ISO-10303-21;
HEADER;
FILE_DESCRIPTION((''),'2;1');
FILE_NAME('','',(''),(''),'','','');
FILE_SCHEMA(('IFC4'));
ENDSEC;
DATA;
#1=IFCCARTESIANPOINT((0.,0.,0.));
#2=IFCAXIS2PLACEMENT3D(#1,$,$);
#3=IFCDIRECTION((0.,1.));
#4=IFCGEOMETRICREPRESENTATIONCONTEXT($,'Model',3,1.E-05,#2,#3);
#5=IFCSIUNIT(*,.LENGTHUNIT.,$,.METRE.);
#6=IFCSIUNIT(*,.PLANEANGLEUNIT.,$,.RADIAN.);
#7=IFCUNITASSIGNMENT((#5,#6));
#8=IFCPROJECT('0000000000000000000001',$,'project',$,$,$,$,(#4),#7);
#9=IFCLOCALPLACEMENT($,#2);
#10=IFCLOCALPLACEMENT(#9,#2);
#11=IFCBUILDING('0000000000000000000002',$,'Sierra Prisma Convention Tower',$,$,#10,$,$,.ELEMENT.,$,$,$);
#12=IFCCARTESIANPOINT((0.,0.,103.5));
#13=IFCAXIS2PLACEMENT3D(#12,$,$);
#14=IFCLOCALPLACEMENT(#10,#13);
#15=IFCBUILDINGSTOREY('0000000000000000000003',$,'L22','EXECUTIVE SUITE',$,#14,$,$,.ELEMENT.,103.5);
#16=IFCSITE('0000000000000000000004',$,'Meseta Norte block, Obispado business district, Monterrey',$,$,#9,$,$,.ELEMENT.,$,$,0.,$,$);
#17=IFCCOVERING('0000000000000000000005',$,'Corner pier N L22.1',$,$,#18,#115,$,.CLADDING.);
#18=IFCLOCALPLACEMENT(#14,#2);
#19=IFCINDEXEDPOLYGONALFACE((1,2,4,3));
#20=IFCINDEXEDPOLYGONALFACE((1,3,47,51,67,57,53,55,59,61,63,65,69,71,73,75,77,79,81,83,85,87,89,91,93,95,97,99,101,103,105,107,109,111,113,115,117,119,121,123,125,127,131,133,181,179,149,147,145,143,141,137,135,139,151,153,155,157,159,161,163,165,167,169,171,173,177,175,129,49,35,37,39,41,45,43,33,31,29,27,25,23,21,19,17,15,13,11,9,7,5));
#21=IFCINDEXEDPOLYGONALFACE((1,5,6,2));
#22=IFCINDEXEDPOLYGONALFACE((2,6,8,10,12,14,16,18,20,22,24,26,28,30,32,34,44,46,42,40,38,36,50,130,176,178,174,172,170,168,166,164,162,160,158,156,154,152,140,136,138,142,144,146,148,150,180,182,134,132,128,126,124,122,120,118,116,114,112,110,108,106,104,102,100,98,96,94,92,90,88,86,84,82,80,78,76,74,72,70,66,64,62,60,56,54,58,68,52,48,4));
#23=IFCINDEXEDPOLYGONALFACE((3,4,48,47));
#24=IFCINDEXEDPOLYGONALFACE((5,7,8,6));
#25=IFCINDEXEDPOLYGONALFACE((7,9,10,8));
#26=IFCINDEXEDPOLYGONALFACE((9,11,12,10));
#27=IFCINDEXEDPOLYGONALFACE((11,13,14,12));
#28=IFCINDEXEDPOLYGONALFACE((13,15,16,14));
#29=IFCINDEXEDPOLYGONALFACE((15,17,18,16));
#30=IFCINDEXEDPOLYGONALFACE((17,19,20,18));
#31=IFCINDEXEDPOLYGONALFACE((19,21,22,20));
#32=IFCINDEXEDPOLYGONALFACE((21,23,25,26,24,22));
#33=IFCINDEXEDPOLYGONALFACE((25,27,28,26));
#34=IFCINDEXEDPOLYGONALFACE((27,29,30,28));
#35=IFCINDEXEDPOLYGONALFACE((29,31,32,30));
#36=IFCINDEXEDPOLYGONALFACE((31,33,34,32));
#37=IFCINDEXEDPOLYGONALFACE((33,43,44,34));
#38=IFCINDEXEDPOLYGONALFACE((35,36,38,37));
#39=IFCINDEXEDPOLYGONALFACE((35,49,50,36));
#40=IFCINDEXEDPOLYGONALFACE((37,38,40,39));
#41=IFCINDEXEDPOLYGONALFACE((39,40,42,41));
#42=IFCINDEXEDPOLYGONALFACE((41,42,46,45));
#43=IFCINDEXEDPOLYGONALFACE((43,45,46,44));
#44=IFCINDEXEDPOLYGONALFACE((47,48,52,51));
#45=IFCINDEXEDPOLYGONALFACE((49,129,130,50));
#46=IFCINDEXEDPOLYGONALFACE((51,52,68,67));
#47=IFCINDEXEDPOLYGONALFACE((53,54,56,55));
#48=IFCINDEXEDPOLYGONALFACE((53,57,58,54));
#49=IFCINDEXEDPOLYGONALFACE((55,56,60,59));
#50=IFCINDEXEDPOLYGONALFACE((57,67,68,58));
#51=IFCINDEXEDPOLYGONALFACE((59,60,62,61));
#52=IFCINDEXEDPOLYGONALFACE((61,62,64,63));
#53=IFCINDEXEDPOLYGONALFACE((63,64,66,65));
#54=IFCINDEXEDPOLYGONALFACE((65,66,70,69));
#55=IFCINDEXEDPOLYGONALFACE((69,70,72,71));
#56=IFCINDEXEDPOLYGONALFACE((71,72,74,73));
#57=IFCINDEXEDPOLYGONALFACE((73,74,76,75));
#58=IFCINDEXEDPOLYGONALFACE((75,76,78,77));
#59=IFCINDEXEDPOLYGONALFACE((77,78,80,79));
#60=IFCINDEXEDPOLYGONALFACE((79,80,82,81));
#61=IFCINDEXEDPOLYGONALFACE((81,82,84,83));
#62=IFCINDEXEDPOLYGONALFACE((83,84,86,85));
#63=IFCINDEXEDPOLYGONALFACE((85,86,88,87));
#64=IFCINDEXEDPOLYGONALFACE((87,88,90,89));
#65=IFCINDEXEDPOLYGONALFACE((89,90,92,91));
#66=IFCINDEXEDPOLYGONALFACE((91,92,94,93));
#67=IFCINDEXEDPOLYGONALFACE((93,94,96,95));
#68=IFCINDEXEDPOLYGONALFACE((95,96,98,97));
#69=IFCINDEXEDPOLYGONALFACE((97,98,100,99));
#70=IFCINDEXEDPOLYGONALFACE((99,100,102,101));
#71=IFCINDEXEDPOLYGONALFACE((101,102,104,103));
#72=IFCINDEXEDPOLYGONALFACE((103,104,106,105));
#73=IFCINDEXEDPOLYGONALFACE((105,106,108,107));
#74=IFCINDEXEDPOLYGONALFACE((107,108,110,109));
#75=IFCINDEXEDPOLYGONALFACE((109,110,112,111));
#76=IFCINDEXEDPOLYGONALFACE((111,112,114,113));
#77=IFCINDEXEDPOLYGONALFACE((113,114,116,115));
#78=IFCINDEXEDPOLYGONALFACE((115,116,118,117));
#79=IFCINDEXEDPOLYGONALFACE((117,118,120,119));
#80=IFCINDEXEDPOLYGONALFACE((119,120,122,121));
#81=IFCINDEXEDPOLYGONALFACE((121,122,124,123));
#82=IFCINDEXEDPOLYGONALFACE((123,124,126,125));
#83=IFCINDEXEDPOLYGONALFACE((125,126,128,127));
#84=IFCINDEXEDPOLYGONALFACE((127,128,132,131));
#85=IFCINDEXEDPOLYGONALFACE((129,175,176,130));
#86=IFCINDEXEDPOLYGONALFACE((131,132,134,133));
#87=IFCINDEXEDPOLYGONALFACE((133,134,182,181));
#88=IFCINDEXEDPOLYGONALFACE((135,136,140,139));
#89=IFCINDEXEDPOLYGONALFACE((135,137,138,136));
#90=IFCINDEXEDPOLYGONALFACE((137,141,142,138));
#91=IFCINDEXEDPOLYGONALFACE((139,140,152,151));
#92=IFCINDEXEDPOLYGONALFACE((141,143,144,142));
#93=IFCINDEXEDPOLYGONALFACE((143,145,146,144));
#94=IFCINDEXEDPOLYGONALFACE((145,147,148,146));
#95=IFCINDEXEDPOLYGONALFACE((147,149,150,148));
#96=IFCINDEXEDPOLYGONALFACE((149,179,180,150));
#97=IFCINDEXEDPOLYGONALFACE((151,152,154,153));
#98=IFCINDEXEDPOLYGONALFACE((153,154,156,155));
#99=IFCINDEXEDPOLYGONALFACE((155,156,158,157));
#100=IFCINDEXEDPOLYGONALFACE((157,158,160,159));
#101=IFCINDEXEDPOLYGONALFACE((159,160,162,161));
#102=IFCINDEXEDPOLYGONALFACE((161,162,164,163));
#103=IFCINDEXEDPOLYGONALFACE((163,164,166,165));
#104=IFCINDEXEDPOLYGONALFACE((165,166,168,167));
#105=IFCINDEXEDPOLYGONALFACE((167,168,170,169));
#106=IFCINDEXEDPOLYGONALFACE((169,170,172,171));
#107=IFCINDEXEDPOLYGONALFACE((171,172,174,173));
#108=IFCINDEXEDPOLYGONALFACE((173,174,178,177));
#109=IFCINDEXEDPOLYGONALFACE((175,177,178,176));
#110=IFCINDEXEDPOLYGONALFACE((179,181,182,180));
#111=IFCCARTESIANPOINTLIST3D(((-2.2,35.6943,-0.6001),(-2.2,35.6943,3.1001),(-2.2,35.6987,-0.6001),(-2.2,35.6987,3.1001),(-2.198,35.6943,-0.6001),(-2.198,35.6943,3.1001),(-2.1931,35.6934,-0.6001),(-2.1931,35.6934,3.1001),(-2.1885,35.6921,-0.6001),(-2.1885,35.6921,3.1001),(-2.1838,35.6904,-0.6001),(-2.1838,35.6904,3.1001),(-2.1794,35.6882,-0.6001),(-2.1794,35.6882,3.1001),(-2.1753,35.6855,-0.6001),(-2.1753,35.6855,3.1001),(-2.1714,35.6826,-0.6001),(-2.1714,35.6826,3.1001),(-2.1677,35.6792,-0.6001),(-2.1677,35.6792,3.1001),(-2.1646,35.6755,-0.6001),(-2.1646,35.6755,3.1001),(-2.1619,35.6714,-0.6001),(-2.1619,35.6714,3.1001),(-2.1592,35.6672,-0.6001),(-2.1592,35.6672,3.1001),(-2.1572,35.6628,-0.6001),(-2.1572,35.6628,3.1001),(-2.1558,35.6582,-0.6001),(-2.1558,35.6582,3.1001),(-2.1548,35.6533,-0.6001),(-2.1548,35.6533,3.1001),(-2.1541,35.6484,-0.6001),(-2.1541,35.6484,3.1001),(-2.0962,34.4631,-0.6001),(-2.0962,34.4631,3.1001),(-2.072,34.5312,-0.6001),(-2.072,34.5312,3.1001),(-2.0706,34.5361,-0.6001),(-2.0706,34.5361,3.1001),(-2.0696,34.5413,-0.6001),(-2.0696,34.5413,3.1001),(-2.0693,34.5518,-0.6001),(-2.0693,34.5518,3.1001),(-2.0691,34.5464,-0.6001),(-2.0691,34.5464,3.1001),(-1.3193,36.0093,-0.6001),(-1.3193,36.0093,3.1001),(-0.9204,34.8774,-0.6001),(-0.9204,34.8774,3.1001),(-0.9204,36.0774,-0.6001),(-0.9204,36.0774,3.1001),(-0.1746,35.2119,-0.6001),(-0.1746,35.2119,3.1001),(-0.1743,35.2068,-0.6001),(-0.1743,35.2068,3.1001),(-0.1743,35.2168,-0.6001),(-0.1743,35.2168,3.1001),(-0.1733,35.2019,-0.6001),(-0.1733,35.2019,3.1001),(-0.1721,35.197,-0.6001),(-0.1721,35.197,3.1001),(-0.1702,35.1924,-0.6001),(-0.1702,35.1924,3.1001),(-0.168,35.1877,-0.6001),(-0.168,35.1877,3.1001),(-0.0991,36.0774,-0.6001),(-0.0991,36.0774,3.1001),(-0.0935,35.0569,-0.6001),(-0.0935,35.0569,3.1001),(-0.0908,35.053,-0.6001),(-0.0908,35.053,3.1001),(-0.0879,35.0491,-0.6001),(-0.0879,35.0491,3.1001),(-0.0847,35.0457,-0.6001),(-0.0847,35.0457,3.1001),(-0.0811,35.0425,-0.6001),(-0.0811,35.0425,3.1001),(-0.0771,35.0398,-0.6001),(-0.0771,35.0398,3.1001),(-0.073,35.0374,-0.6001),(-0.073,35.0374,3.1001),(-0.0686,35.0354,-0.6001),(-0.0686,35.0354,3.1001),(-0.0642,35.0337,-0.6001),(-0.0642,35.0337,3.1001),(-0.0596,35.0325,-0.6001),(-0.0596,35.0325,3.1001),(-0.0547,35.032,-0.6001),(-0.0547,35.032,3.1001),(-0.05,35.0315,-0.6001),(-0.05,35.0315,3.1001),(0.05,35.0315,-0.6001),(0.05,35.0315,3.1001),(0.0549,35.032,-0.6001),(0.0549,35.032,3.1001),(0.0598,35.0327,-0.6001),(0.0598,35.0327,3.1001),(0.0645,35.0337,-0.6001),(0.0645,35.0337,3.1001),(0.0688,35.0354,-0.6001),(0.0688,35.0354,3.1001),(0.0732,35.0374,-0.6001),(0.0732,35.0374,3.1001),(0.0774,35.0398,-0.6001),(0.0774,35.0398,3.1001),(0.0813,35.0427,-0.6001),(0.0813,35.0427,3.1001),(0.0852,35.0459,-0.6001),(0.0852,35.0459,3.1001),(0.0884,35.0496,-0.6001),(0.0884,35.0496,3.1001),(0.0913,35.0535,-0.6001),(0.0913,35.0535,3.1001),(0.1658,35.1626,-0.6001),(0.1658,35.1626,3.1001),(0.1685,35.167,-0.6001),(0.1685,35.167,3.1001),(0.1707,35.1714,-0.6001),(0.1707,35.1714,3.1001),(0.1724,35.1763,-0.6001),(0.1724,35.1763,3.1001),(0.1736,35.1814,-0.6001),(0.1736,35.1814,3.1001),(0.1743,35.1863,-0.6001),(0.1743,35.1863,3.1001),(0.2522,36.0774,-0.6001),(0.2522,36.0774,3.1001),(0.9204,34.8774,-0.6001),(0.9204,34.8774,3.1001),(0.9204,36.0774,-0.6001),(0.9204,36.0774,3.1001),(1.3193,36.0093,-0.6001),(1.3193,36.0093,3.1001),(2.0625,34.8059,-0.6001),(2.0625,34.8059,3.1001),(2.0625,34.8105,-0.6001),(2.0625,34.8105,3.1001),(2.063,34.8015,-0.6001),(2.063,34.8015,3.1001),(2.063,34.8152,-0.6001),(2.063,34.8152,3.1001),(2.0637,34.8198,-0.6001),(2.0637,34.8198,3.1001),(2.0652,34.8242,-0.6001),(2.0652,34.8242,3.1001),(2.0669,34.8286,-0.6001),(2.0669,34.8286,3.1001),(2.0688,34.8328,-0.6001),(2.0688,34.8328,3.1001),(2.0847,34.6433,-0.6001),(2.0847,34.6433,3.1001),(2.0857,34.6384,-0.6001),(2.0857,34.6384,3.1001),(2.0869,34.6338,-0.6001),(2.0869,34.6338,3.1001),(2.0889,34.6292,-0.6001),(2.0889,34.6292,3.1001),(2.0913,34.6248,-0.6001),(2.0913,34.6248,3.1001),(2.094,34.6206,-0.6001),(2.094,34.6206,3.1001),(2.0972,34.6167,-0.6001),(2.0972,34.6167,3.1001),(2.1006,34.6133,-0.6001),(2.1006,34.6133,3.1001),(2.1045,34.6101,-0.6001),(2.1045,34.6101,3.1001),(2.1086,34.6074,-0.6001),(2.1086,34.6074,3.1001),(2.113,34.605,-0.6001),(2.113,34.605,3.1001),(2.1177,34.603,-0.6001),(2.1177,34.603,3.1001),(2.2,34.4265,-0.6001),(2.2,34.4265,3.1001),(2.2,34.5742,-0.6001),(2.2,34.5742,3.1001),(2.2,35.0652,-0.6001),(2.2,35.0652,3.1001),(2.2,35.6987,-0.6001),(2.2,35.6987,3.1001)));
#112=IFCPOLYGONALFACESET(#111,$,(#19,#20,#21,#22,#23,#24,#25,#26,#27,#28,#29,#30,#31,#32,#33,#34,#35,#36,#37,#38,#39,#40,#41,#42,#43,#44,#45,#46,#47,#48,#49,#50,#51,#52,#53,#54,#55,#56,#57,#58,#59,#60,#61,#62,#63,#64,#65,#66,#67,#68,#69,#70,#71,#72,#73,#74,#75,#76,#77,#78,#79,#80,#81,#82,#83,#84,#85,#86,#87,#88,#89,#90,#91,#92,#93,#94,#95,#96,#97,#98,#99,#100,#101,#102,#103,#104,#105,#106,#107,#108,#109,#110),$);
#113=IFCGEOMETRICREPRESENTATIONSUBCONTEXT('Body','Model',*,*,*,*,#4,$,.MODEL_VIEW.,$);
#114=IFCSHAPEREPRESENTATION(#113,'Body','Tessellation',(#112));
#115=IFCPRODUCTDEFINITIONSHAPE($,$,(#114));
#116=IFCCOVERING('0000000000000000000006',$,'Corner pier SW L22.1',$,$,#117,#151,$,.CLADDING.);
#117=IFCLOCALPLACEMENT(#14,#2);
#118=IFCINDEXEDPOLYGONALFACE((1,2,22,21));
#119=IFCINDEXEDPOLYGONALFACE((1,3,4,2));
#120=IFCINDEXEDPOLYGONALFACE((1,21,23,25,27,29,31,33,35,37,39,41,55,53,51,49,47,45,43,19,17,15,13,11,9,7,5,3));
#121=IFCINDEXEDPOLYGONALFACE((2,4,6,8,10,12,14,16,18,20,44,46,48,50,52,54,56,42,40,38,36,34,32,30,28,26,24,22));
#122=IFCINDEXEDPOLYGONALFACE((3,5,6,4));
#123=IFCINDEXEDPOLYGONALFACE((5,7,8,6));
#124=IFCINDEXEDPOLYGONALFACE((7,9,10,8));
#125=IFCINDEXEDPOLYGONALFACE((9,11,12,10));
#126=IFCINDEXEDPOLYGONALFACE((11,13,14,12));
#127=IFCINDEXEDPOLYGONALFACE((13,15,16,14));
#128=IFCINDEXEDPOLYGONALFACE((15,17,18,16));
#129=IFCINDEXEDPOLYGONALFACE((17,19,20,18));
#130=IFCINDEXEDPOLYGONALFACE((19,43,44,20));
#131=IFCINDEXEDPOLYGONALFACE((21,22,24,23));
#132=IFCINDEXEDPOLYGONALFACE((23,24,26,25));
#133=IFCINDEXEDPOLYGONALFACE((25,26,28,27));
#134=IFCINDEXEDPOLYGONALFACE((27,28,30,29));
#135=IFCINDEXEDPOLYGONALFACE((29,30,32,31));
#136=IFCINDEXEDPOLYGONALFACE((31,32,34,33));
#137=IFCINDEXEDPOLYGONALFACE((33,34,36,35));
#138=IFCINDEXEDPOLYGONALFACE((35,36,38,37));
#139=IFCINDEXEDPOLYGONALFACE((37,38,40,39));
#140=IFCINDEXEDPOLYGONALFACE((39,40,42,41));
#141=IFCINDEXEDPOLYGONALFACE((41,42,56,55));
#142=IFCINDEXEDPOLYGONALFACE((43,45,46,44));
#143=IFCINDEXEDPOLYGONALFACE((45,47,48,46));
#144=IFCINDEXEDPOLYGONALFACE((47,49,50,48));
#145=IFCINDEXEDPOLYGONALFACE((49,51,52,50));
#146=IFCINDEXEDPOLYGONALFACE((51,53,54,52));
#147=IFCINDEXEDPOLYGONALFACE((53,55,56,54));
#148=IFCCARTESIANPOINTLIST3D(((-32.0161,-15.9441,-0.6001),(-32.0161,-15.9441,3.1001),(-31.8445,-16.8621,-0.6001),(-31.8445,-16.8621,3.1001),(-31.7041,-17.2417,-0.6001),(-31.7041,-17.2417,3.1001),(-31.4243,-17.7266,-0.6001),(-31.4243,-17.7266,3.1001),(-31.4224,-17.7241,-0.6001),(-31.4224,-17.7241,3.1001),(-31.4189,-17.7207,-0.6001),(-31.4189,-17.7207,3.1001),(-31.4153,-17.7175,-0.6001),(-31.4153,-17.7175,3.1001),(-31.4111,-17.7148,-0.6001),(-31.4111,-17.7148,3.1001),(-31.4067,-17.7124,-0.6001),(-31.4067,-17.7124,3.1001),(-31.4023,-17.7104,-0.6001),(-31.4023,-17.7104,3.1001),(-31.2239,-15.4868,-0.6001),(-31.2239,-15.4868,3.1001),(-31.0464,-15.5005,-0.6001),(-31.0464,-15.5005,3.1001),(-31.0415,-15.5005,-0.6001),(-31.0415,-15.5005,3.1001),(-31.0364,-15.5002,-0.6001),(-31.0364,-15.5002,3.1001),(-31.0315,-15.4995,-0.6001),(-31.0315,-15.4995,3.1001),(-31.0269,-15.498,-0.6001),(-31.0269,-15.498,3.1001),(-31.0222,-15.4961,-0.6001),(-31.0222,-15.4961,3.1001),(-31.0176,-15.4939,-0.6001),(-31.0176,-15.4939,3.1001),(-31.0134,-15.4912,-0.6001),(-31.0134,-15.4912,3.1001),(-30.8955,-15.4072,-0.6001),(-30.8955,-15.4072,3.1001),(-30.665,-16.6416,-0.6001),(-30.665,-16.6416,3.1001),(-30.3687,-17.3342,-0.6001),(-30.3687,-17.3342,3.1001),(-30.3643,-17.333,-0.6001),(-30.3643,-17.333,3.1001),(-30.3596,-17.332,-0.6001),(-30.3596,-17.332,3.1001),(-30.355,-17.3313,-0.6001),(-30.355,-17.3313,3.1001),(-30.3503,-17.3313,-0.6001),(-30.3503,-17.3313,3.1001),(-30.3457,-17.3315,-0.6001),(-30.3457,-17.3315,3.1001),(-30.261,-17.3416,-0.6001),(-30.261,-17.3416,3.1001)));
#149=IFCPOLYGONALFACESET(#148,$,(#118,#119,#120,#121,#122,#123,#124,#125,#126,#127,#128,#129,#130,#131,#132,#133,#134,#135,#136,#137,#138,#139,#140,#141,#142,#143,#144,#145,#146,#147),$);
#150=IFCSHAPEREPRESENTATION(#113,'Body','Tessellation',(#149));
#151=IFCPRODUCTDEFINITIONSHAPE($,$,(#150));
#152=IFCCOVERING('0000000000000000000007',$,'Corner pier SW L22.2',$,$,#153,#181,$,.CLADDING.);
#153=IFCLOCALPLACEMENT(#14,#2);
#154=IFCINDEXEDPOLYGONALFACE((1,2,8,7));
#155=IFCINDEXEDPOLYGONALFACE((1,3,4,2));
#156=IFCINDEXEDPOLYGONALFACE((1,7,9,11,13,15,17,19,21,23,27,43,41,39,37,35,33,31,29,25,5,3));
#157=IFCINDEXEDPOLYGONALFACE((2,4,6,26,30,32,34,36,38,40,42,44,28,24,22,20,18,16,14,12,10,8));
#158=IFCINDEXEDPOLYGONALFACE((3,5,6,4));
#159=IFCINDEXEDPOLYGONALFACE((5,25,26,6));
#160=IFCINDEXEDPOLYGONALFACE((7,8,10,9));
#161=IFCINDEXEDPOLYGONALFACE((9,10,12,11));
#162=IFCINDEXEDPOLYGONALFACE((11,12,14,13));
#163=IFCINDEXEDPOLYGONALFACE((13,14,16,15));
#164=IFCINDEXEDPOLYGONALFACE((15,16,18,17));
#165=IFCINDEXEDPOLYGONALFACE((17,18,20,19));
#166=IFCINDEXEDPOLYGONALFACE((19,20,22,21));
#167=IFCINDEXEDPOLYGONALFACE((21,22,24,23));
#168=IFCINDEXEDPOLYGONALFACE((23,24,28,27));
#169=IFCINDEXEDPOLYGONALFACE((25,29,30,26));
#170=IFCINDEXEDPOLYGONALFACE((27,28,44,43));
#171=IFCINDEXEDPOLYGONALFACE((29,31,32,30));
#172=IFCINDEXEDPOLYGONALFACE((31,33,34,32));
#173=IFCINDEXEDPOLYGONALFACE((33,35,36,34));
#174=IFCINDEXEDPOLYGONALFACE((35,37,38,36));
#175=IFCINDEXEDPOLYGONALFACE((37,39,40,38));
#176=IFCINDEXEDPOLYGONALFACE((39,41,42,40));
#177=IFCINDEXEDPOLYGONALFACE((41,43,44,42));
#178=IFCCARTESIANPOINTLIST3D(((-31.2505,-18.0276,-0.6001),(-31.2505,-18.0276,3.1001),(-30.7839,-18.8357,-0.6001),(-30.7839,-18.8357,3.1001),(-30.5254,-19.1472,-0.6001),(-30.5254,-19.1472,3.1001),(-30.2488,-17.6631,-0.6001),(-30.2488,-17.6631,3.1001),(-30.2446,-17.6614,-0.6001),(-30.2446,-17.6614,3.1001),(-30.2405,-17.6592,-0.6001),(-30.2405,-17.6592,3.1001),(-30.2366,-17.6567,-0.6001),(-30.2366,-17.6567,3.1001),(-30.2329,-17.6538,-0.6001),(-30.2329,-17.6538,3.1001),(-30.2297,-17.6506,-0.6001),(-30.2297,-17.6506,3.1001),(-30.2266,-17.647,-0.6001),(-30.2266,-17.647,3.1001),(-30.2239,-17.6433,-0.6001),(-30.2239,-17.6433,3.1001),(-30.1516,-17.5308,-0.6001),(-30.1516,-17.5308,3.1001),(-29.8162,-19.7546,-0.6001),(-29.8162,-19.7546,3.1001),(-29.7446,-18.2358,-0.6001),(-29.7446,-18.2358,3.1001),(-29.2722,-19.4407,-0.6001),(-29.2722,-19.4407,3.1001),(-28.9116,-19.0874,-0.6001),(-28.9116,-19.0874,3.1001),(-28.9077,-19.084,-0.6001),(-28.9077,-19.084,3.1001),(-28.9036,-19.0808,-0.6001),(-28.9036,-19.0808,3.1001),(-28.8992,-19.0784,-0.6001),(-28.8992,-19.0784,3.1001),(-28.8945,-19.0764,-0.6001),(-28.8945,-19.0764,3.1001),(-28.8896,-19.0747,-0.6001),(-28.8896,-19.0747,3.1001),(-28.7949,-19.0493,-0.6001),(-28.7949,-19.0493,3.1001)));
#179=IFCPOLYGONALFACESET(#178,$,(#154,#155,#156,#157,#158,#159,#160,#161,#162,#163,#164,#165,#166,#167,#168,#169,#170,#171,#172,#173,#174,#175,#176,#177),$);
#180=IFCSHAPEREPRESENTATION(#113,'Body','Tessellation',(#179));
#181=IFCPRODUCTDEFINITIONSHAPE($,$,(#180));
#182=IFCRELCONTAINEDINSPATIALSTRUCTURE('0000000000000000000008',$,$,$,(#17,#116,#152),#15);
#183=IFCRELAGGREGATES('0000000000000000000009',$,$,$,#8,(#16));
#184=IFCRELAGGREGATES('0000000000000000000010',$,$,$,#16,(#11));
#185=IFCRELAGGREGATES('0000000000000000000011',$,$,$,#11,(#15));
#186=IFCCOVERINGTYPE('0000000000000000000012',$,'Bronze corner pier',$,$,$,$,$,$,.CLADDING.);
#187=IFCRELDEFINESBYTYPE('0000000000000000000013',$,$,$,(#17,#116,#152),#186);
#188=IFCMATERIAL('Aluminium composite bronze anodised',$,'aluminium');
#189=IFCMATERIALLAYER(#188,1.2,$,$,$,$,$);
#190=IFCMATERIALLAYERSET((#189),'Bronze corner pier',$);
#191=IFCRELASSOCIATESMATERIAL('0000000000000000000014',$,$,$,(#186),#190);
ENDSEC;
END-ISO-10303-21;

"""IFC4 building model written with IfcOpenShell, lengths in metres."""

from ifc_helpers import new_model, si_unit, direction, frame, origin, place, context, subcontext, project, spatial, polyline, outline, extrude, material, layer, layer_set, type_object, element, save


model = new_model("IFC4")

# Units and contexts
model_context = context("Model", 3, precision=1e-05, world=origin(), true_north=direction((0.0, 1.0)))
body_context = subcontext(model_context, "Body", "Model", "MODEL_VIEW")
ifc_project = project(units=[si_unit("LENGTHUNIT", "METRE"), si_unit("PLANEANGLEUNIT", "RADIAN")], contexts=[model_context])

# Site, building, storey
site_placement = place(None, origin())
site = spatial("IfcSite", under=ifc_project, at=site_placement, Name="Meseta Norte block, Obispado business district, Monterrey", CompositionType="ELEMENT", RefElevation=0.0)
building_placement = place(site_placement, origin())
building = spatial("IfcBuilding", under=site, at=building_placement, Name="Sierra Prisma Convention Tower", CompositionType="ELEMENT")
storey_placement = place(building_placement, frame((0.0, 0.0, 103.5)))
storey = spatial("IfcBuildingStorey", under=building, at=storey_placement, Name="L22", Description="EXECUTIVE SUITE", CompositionType="ELEMENT", Elevation=103.5)

# Coverings
ifc_material_1 = material(Name="Aluminium composite bronze anodised", Category="aluminium")
ifc_layer_1 = layer(ifc_material_1, 1.2)
ifc_layer_set_1 = layer_set([ifc_layer_1], Name="Bronze corner pier")
covering_type_1 = type_object("IfcCoveringType", Name="Bronze corner pier", PredefinedType="CLADDING", material=ifc_layer_set_1)
covering_1_placement = place(storey_placement, frame((0.0, 0.0, -0.6001)))
element("IfcCovering", 1, at=covering_1_placement, inside=storey, type_object=covering_type_1, Name="Corner pier N L22.1", PredefinedType="CLADDING", context=body_context, shape_type="SweptSolid", body=[
    extrude(outline(polyline([(2.0857, 34.6384), (2.0869, 34.6338), (2.0889, 34.6292), (2.0913, 34.6248), (2.094, 34.6206), (2.0972, 34.6167), (2.1006, 34.6133), (2.1045, 34.6101), (2.1086, 34.6074), (2.113, 34.605), (2.1177, 34.603), (2.2, 34.5742), (2.2, 34.4265), (0.9204, 34.8774), (-0.9204, 34.8774), (-2.0962, 34.4631), (-2.072, 34.5312), (-2.0706, 34.5361), (-2.0696, 34.5413), (-2.0691, 34.5464), (-2.0693, 34.5518), (-2.1541, 35.6484), (-2.1548, 35.6533), (-2.1558, 35.6582), (-2.1572, 35.6628), (-2.1592, 35.6672), (-2.1619, 35.6714), (-2.1646, 35.6755), (-2.1677, 35.6792), (-2.1714, 35.6826), (-2.1753, 35.6855), (-2.1794, 35.6882), (-2.1838, 35.6904), (-2.1885, 35.6921), (-2.1931, 35.6934), (-2.198, 35.6943), (-2.2, 35.6943), (-2.2, 35.6987), (-1.3193, 36.0093), (-0.9204, 36.0774), (-0.0991, 36.0774), (-0.1743, 35.2168), (-0.1746, 35.2119), (-0.1743, 35.2068), (-0.1733, 35.2019), (-0.1721, 35.197), (-0.1702, 35.1924), (-0.168, 35.1877), (-0.0935, 35.0569), (-0.0908, 35.053), (-0.0879, 35.0491), (-0.0847, 35.0457), (-0.0811, 35.0425), (-0.0771, 35.0398), (-0.073, 35.0374), (-0.0686, 35.0354), (-0.0642, 35.0337), (-0.0596, 35.0325), (-0.0547, 35.032), (-0.05, 35.0315), (0.05, 35.0315), (0.0549, 35.032), (0.0598, 35.0327), (0.0645, 35.0337), (0.0688, 35.0354), (0.0732, 35.0374), (0.0774, 35.0398), (0.0813, 35.0427), (0.0852, 35.0459), (0.0884, 35.0496), (0.0913, 35.0535), (0.1658, 35.1626), (0.1685, 35.167), (0.1707, 35.1714), (0.1724, 35.1763), (0.1736, 35.1814), (0.1743, 35.1863), (0.2522, 36.0774), (0.9204, 36.0774), (1.3193, 36.0093), (2.2, 35.6987), (2.2, 35.0652), (2.0688, 34.8328), (2.0669, 34.8286), (2.0652, 34.8242), (2.0637, 34.8198), (2.063, 34.8152), (2.0625, 34.8105), (2.0625, 34.8059), (2.063, 34.8015), (2.0847, 34.6433), (2.0857, 34.6384)])), origin(), (0.0, 0.0, 1.0), 3.7002),
])
covering_2_placement = place(storey_placement, frame((0.0, 0.0, -0.6001)))
element("IfcCovering", 2, at=covering_2_placement, inside=storey, type_object=covering_type_1, Name="Corner pier SW L22.1", PredefinedType="CLADDING", context=body_context, shape_type="SweptSolid", body=[
    extrude(outline(polyline([(-31.2239, -15.4868), (-31.0464, -15.5005), (-31.0415, -15.5005), (-31.0364, -15.5002), (-31.0315, -15.4995), (-31.0269, -15.498), (-31.0222, -15.4961), (-31.0176, -15.4939), (-31.0134, -15.4912), (-30.8955, -15.4072), (-30.665, -16.6416), (-30.261, -17.3416), (-30.3457, -17.3315), (-30.3503, -17.3313), (-30.355, -17.3313), (-30.3596, -17.332), (-30.3643, -17.333), (-30.3687, -17.3342), (-31.4023, -17.7104), (-31.4067, -17.7124), (-31.4111, -17.7148), (-31.4153, -17.7175), (-31.4189, -17.7207), (-31.4224, -17.7241), (-31.4243, -17.7266), (-31.7041, -17.2417), (-31.8445, -16.8621), (-32.0161, -15.9441), (-31.2239, -15.4868)])), origin(), (0.0, 0.0, 1.0), 3.7002),
])
covering_3_placement = place(storey_placement, frame((0.0, 0.0, -0.6001)))
element("IfcCovering", 3, at=covering_3_placement, inside=storey, type_object=covering_type_1, Name="Corner pier SW L22.2", PredefinedType="CLADDING", context=body_context, shape_type="SweptSolid", body=[
    extrude(outline(polyline([(-28.7949, -19.0493), (-28.8896, -19.0747), (-28.8945, -19.0764), (-28.8992, -19.0784), (-28.9036, -19.0808), (-28.9077, -19.084), (-28.9116, -19.0874), (-29.2722, -19.4407), (-29.8162, -19.7546), (-30.5254, -19.1472), (-30.7839, -18.8357), (-31.2505, -18.0276), (-30.2488, -17.6631), (-30.2446, -17.6614), (-30.2405, -17.6592), (-30.2366, -17.6567), (-30.2329, -17.6538), (-30.2297, -17.6506), (-30.2266, -17.647), (-30.2239, -17.6433), (-30.1516, -17.5308), (-29.7446, -18.2358), (-28.7949, -19.0493)])), origin(), (0.0, 0.0, 1.0), 3.7002),
])

save(model, "model.ifc")
